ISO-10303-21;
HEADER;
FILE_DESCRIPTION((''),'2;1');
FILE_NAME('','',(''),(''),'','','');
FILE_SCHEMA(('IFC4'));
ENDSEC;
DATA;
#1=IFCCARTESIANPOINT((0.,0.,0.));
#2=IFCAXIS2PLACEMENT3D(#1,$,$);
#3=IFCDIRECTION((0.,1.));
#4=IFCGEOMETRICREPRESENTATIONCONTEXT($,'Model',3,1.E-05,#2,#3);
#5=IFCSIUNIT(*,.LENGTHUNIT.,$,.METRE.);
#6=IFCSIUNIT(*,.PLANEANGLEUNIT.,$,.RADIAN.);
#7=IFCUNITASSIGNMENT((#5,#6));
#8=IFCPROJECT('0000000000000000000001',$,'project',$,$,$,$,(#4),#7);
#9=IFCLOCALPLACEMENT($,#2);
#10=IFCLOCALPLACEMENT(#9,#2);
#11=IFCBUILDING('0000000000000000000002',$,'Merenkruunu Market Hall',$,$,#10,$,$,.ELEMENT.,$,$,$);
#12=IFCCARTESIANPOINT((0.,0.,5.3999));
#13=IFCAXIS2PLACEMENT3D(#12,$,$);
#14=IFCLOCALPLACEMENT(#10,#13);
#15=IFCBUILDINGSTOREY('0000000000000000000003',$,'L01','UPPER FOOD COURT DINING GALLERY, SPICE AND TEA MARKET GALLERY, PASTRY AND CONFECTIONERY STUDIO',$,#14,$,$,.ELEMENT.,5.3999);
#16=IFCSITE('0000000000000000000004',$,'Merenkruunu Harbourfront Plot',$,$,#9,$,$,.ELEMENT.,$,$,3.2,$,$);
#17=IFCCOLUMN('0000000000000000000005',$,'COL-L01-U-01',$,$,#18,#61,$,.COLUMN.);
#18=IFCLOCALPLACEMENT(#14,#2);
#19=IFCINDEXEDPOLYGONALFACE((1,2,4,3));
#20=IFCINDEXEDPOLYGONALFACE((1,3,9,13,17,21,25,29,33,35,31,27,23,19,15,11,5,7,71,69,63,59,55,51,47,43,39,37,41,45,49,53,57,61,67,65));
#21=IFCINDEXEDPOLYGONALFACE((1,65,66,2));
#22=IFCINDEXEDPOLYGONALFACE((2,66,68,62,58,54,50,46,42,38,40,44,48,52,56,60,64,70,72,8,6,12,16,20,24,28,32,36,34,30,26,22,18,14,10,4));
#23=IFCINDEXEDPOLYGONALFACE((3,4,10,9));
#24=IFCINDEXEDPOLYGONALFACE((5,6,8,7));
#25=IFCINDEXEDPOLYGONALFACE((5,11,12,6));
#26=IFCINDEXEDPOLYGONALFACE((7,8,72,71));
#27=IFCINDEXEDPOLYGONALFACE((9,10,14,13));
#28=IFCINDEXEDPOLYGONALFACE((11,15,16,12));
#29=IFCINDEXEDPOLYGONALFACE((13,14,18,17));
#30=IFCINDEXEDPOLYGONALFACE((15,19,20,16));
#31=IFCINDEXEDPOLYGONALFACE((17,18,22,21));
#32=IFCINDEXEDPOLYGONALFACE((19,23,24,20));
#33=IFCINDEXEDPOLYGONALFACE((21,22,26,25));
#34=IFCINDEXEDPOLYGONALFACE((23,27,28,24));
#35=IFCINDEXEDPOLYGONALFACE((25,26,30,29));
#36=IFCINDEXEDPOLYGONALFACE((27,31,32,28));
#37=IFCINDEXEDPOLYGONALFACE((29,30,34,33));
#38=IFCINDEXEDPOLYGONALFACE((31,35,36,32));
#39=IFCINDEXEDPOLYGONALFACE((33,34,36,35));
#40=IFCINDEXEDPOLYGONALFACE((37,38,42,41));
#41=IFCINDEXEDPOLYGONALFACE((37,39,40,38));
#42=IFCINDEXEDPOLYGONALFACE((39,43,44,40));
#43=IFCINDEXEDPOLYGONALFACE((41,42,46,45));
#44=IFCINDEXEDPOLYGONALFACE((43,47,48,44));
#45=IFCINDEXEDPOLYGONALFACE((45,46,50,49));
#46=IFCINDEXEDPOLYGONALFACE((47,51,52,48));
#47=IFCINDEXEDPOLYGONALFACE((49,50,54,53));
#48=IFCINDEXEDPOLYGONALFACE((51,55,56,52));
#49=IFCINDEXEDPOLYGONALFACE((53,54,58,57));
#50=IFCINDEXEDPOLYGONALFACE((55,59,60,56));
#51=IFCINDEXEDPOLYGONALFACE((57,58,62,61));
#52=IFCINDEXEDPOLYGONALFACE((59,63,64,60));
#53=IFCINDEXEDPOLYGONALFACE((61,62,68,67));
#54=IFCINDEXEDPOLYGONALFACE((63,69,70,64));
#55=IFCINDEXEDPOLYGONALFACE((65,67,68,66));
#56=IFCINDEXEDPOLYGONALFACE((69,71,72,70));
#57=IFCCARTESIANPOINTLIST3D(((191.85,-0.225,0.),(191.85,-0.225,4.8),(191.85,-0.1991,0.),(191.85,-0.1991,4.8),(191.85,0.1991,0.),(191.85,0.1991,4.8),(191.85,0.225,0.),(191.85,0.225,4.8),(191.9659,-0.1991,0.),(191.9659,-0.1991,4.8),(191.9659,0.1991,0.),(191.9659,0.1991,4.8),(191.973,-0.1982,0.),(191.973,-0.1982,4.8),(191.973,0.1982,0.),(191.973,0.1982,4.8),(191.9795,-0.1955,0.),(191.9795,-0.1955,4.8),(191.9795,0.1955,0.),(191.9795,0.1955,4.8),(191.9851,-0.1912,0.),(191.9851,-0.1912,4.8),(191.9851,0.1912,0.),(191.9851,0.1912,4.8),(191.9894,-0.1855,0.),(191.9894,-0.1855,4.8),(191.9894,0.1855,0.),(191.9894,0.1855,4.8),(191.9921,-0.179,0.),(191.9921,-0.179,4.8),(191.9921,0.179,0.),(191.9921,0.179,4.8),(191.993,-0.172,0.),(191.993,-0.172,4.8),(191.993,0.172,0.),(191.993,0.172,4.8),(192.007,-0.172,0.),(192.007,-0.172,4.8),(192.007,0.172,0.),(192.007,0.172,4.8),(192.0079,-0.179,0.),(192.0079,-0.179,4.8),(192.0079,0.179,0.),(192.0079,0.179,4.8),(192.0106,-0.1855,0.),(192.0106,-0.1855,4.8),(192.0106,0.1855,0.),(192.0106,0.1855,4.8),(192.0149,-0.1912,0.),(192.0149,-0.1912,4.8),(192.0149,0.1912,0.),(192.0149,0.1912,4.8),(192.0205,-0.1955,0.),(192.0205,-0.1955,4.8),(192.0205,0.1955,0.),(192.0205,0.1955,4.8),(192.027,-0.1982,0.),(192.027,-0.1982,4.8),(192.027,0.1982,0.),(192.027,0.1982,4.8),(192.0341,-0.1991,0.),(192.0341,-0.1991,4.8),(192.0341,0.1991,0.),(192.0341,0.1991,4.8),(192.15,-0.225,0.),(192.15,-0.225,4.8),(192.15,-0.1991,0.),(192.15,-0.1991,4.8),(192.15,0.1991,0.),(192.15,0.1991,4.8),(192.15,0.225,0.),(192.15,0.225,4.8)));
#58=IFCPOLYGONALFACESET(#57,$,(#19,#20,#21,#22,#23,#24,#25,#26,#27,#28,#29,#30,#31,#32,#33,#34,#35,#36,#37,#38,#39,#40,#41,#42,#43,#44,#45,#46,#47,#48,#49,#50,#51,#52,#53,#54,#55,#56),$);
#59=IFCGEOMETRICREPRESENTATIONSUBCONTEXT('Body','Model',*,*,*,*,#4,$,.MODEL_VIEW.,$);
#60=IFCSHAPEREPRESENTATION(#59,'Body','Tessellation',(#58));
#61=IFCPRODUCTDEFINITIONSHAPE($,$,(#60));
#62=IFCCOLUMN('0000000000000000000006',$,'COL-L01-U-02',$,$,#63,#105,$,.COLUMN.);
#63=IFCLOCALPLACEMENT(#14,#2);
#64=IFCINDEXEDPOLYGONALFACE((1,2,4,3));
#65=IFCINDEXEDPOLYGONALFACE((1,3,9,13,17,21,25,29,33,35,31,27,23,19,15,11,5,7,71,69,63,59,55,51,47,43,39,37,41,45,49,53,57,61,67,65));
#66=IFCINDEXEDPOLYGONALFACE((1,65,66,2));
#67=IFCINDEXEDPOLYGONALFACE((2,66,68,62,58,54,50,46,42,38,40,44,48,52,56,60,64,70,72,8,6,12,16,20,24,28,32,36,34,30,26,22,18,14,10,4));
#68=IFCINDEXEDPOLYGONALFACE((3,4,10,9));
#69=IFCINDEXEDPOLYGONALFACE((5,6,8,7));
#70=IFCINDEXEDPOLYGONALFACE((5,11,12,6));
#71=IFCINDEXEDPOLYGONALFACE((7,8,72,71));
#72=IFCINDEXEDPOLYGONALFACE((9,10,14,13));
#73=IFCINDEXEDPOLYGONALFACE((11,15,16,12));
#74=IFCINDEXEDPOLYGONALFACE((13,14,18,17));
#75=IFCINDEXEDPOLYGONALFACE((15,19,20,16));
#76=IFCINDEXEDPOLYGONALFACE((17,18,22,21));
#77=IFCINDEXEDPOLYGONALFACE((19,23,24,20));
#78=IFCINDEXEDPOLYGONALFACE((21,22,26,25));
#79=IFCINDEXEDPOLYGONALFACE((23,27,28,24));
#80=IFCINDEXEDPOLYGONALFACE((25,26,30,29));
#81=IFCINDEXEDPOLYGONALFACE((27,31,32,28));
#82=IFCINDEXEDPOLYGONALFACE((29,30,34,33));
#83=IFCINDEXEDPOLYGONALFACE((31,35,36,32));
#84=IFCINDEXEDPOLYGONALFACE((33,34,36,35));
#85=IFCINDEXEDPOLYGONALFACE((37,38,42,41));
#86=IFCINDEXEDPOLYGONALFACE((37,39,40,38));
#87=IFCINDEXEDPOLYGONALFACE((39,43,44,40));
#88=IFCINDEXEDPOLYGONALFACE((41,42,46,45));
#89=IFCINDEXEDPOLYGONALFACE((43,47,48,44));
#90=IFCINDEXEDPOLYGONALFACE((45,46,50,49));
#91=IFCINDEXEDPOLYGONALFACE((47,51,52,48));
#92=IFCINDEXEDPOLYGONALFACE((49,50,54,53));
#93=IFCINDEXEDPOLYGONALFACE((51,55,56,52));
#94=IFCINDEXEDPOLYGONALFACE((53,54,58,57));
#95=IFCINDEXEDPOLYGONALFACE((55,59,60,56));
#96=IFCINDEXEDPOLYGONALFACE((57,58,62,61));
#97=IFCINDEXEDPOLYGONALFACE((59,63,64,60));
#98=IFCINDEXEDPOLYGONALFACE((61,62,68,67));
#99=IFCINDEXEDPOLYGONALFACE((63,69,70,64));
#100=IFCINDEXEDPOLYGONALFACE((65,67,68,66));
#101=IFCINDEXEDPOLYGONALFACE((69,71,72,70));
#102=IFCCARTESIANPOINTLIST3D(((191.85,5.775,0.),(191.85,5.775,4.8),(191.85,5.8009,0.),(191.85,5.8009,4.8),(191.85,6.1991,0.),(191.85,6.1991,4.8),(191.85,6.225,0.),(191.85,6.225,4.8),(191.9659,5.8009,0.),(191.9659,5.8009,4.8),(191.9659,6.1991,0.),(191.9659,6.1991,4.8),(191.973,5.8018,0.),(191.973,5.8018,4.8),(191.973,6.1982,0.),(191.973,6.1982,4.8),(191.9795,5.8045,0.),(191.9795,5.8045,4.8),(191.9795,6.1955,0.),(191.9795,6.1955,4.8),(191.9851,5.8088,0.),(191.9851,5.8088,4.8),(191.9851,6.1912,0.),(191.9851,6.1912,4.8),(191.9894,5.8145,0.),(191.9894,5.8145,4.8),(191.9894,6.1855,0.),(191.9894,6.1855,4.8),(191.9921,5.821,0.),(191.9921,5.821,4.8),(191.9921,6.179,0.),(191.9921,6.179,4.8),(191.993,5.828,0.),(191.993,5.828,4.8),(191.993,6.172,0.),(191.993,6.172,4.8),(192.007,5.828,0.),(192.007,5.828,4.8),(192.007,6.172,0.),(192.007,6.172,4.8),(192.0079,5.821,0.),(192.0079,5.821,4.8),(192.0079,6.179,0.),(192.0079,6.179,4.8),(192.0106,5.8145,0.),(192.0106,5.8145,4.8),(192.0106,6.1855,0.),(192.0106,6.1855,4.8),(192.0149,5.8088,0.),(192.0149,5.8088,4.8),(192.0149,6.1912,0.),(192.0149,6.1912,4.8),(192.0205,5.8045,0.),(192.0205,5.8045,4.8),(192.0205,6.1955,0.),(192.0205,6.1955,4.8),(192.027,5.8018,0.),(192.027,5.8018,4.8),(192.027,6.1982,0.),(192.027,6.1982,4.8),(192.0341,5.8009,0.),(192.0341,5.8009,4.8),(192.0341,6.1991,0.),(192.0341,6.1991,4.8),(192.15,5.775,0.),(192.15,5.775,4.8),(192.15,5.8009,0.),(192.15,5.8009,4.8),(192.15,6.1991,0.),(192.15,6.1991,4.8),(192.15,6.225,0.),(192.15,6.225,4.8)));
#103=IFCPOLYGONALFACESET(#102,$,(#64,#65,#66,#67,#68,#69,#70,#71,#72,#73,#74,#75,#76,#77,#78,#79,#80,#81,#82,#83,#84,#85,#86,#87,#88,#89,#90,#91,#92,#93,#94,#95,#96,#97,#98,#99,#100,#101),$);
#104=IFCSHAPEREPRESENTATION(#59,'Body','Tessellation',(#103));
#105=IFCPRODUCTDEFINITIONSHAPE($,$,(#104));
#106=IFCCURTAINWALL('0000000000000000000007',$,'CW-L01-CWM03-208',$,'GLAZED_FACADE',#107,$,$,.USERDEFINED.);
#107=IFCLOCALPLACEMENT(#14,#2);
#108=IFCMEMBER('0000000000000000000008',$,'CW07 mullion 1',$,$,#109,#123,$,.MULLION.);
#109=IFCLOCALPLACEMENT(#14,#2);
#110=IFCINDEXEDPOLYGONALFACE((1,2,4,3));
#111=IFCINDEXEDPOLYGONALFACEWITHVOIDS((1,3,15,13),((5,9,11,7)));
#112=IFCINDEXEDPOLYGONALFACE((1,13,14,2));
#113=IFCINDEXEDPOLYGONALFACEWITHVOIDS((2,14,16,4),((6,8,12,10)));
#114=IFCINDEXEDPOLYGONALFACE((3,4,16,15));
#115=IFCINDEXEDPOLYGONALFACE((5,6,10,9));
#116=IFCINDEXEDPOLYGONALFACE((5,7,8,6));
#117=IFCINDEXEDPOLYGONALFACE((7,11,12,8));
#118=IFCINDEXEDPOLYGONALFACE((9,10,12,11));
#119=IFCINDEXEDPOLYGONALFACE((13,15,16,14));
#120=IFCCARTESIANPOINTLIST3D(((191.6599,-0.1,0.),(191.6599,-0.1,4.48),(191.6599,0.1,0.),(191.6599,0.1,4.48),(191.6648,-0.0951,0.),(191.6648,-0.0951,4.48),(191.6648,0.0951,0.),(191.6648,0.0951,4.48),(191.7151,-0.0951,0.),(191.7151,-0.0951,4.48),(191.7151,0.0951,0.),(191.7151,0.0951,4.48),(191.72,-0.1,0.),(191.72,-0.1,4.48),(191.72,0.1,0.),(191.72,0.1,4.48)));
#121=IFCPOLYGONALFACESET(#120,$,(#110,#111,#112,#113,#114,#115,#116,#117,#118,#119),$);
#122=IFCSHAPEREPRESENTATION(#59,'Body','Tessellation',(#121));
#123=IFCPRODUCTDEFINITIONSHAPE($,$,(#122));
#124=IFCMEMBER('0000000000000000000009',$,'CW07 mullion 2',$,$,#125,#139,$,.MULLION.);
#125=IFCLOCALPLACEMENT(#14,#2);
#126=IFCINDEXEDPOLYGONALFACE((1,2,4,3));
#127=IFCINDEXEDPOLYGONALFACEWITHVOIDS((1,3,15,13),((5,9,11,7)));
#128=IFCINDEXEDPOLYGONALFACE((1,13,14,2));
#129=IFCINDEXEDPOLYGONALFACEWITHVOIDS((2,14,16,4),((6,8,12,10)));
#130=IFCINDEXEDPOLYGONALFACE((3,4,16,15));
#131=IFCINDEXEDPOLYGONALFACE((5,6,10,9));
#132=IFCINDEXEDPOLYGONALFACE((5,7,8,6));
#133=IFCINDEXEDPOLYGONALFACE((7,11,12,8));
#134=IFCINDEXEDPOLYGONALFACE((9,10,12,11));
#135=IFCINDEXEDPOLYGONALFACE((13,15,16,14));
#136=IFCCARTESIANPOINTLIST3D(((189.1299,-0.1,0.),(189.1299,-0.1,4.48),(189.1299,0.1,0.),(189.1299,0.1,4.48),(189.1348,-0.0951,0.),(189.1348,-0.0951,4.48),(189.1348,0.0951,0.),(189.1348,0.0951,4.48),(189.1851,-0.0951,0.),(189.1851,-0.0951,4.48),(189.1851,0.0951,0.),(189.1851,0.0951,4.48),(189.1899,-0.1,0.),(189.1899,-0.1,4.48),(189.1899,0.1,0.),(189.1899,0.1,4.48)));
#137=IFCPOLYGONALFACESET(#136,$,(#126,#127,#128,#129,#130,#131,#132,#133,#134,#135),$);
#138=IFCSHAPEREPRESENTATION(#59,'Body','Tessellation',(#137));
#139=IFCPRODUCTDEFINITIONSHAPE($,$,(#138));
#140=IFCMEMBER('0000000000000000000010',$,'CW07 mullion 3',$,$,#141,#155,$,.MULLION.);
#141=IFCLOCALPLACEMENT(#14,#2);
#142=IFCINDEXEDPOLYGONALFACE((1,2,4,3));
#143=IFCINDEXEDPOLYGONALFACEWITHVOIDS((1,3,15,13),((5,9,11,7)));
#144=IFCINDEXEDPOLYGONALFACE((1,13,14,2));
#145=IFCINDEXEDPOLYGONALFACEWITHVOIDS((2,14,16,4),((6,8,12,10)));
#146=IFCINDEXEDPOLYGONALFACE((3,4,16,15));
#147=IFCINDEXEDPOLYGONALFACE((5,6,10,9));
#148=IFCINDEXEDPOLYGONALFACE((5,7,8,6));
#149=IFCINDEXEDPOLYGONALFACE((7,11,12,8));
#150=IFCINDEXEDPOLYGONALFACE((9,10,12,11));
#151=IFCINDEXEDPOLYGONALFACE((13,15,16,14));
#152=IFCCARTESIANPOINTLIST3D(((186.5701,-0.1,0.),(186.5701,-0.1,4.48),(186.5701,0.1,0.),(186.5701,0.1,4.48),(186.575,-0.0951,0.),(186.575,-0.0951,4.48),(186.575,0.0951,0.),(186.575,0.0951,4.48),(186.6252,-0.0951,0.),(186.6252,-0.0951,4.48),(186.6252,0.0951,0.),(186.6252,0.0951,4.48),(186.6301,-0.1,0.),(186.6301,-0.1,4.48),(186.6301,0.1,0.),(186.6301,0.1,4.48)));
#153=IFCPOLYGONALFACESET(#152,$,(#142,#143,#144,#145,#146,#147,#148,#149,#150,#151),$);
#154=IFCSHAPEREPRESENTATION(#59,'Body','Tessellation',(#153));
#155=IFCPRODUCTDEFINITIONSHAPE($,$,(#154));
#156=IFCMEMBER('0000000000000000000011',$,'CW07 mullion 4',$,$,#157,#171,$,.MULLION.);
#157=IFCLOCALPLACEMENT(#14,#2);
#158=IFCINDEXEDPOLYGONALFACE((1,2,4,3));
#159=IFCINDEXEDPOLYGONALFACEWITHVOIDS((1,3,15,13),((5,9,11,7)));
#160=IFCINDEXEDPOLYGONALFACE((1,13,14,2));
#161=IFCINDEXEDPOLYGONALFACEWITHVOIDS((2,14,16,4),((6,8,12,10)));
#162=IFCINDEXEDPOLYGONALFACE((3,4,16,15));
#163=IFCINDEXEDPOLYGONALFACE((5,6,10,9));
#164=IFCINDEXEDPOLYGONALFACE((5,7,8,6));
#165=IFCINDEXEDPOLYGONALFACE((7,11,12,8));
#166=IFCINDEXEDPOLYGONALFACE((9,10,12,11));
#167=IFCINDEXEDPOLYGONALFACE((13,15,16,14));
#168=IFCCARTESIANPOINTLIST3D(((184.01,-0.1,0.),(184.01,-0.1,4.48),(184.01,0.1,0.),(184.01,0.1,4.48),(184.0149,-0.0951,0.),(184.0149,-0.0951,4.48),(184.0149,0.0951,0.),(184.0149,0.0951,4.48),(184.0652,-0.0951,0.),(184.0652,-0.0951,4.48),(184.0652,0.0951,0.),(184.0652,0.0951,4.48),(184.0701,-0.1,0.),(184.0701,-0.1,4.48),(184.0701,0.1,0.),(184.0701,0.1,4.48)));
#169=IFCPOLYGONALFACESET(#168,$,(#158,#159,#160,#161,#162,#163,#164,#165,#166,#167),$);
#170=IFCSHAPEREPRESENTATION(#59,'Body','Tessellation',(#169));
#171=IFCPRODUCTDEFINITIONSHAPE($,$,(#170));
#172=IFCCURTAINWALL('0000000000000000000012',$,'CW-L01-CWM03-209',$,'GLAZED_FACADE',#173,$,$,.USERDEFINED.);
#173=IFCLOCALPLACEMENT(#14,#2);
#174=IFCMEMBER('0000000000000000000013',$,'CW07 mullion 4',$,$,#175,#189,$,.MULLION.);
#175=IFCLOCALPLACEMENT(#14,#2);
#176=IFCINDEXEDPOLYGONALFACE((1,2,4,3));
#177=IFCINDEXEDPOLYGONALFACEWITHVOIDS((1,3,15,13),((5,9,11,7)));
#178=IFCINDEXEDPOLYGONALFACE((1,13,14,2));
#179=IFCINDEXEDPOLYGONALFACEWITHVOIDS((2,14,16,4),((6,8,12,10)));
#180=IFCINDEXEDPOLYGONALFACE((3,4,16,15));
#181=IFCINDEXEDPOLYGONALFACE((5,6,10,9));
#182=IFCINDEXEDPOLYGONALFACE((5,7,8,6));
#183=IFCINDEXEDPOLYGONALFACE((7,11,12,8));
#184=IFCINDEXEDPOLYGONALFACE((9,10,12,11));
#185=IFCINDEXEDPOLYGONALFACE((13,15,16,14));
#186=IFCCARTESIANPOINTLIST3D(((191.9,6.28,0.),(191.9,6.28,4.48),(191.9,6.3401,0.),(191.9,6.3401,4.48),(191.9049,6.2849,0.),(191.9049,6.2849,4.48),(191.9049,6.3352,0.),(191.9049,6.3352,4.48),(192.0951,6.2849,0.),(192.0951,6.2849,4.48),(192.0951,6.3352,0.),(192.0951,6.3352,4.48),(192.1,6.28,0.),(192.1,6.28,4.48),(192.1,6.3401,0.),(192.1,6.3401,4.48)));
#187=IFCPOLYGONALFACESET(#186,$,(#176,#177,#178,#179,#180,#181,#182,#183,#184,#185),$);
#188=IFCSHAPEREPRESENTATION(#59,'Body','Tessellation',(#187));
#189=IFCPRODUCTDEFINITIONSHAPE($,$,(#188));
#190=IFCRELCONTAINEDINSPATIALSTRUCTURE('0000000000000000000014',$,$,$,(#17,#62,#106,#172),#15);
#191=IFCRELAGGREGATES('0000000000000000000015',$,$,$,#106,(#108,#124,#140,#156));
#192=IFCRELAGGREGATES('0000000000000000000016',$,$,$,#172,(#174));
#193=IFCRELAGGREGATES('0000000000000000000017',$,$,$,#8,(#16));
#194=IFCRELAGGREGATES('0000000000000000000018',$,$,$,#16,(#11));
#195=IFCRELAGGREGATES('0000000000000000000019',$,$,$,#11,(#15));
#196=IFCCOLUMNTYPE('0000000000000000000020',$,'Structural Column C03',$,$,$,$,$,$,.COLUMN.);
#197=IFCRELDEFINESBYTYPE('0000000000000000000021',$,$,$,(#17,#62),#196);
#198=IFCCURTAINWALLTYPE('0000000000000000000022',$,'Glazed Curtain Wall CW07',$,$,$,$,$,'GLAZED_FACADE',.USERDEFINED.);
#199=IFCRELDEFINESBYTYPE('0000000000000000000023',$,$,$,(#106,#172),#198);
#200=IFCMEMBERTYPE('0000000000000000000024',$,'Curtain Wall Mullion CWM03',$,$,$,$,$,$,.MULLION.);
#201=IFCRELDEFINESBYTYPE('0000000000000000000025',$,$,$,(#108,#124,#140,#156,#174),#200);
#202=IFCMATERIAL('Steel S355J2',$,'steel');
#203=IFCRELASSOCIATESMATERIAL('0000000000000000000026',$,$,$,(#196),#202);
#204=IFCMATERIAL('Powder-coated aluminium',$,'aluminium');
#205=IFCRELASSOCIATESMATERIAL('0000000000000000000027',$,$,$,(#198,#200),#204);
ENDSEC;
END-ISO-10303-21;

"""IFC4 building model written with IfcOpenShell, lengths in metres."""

from ifc_helpers import new_model, si_unit, direction, frame, origin, origin_2d, place, context, subcontext, project, spatial, hollow_rectangle, i_section, extrude, material, material_profile, profile_set, type_object, element, aggregate, save


model = new_model("IFC4")

# Units and contexts
model_context = context("Model", 3, precision=1e-05, world=origin(), true_north=direction((0.0, 1.0)))
body_context = subcontext(model_context, "Body", "Model", "MODEL_VIEW")
ifc_project = project(units=[si_unit("LENGTHUNIT", "METRE"), si_unit("PLANEANGLEUNIT", "RADIAN")], contexts=[model_context])

# Site, building, storey
site_placement = place(None, origin())
site = spatial("IfcSite", under=ifc_project, at=site_placement, Name="Merenkruunu Harbourfront Plot", CompositionType="ELEMENT", RefElevation=3.2)
building_placement = place(site_placement, origin())
building = spatial("IfcBuilding", under=site, at=building_placement, Name="Merenkruunu Market Hall", CompositionType="ELEMENT")
storey_placement = place(building_placement, frame((0.0, 0.0, 5.3999)))
storey = spatial("IfcBuildingStorey", under=building, at=storey_placement, Name="L01", Description="UPPER FOOD COURT DINING GALLERY, SPICE AND TEA MARKET GALLERY, PASTRY AND CONFECTIONERY STUDIO", CompositionType="ELEMENT", Elevation=5.3999)

# Columns
ifc_material_1 = material(Name="Steel S355J2", Category="steel")
ifc_material_profile_1 = material_profile(ifc_material_1, i_section(OverallWidth=0.3, OverallDepth=0.45, WebThickness=0.0139, FlangeThickness=0.0259, FilletRadius=0.0271, at=origin_2d()), Name="HEB 450")
ifc_profile_set_1 = profile_set([ifc_material_profile_1], Name="Steel S355J2")
column_type = type_object("IfcColumnType", Name="Structural Column C03", PredefinedType="COLUMN", material=ifc_profile_set_1)
for number, where, z_axis, x_axis, name in (
    (1, (192.0, 0.0, 0.0), (0.0, 0.0, 1.0), (1.0, 0.0, 0.0), "COL-L01-U-01"),
    (2, (192.0, 6.0, 0.0), (0.0, 0.0, 1.0), (1.0, 0.0, 0.0), "COL-L01-U-02"),
):
    element("IfcColumn", number, at=place(storey_placement, frame(where, z_axis=z_axis, x_axis=x_axis)), inside=storey, type_object=column_type, Name=name, PredefinedType="COLUMN", context=body_context, shape_type="SweptSolid", body=[
        extrude(i_section(OverallWidth=0.3, OverallDepth=0.45, WebThickness=0.0139, FlangeThickness=0.0259, FilletRadius=0.0271, at=origin_2d()), origin(), (0.0, 0.0, 1.0), 4.8),
    ])

# Curtain wall, members
ifc_material_2 = material(Name="Powder-coated aluminium", Category="aluminium")
curtain_wall_type = type_object("IfcCurtainWallType", Name="Glazed Curtain Wall CW07", ElementType="GLAZED_FACADE", PredefinedType="USERDEFINED", material=ifc_material_2)
curtain_wall_1_placement = place(storey_placement, origin())
curtain_wall_1 = element("IfcCurtainWall", 3, at=curtain_wall_1_placement, inside=storey, type_object=curtain_wall_type, Name="CW-L01-CWM03-208", ObjectType="GLAZED_FACADE", PredefinedType="USERDEFINED")
ifc_material_profile_2 = material_profile(ifc_material_2, hollow_rectangle(XDim=0.0601, YDim=0.2, WallThickness=0.0049, at=origin_2d()), Name="ALU 60x200x5")
ifc_profile_set_2 = profile_set([ifc_material_profile_2], Name="Powder-coated aluminium")
member_type_1 = type_object("IfcMemberType", Name="Curtain Wall Mullion CWM03", PredefinedType="MULLION", material=ifc_profile_set_2)
member_1_placement = place(storey_placement, frame((191.6899, 0.0, 0.0), z_axis=(0.0, 0.0, 1.0), x_axis=(-1.0, 0.0, 0.0)))
member_1 = element("IfcMember", 4, at=member_1_placement, type_object=member_type_1, Name="CW07 mullion 1", PredefinedType="MULLION", context=body_context, shape_type="SweptSolid", body=[
    extrude(hollow_rectangle(XDim=0.0601, YDim=0.2, WallThickness=0.0049, at=origin_2d()), origin(), (0.0, 0.0, 1.0), 4.48),
])
member_2_placement = place(storey_placement, frame((189.1599, 0.0, 0.0), z_axis=(0.0, 0.0, 1.0), x_axis=(-1.0, 0.0, 0.0)))
member_2 = element("IfcMember", 5, at=member_2_placement, type_object=member_type_1, Name="CW07 mullion 2", PredefinedType="MULLION", context=body_context, shape_type="SweptSolid", body=[
    extrude(hollow_rectangle(XDim=0.0601, YDim=0.2, WallThickness=0.0049, at=origin_2d()), origin(), (0.0, 0.0, 1.0), 4.48),
])
member_3_placement = place(storey_placement, frame((186.6001, 0.0, 0.0), z_axis=(0.0, 0.0, 1.0), x_axis=(-1.0, 0.0, 0.0)))
member_3 = element("IfcMember", 6, at=member_3_placement, type_object=member_type_1, Name="CW07 mullion 3", PredefinedType="MULLION", context=body_context, shape_type="SweptSolid", body=[
    extrude(hollow_rectangle(XDim=0.0601, YDim=0.2, WallThickness=0.0049, at=origin_2d()), origin(), (0.0, 0.0, 1.0), 4.48),
])
member_4_placement = place(storey_placement, frame((184.04, 0.0, 0.0), z_axis=(0.0, 0.0, 1.0), x_axis=(-1.0, 0.0, 0.0)))
member_4 = element("IfcMember", 7, at=member_4_placement, type_object=member_type_1, Name="CW07 mullion 4", PredefinedType="MULLION", context=body_context, shape_type="SweptSolid", body=[
    extrude(hollow_rectangle(XDim=0.0601, YDim=0.2, WallThickness=0.0049, at=origin_2d()), origin(), (0.0, 0.0, 1.0), 4.48),
])

# Curtain wall, member
curtain_wall_2_placement = place(storey_placement, origin())
curtain_wall_2 = element("IfcCurtainWall", 8, at=curtain_wall_2_placement, inside=storey, type_object=curtain_wall_type, Name="CW-L01-CWM03-209", ObjectType="GLAZED_FACADE", PredefinedType="USERDEFINED")
member_5_placement = place(storey_placement, frame((192.0, 6.3101, 0.0), z_axis=(0.0, 0.0, 1.0), x_axis=(0.0, -1.0, 0.0)))
member_5 = element("IfcMember", 9, at=member_5_placement, type_object=member_type_1, Name="CW07 mullion 4", PredefinedType="MULLION", context=body_context, shape_type="SweptSolid", body=[
    extrude(hollow_rectangle(XDim=0.0601, YDim=0.2, WallThickness=0.0049, at=origin_2d()), origin(), (0.0, 0.0, 1.0), 4.48),
])

aggregate(curtain_wall_1, [member_1, member_2, member_3, member_4])
aggregate(curtain_wall_2, [member_5])

save(model, "model.ifc")
